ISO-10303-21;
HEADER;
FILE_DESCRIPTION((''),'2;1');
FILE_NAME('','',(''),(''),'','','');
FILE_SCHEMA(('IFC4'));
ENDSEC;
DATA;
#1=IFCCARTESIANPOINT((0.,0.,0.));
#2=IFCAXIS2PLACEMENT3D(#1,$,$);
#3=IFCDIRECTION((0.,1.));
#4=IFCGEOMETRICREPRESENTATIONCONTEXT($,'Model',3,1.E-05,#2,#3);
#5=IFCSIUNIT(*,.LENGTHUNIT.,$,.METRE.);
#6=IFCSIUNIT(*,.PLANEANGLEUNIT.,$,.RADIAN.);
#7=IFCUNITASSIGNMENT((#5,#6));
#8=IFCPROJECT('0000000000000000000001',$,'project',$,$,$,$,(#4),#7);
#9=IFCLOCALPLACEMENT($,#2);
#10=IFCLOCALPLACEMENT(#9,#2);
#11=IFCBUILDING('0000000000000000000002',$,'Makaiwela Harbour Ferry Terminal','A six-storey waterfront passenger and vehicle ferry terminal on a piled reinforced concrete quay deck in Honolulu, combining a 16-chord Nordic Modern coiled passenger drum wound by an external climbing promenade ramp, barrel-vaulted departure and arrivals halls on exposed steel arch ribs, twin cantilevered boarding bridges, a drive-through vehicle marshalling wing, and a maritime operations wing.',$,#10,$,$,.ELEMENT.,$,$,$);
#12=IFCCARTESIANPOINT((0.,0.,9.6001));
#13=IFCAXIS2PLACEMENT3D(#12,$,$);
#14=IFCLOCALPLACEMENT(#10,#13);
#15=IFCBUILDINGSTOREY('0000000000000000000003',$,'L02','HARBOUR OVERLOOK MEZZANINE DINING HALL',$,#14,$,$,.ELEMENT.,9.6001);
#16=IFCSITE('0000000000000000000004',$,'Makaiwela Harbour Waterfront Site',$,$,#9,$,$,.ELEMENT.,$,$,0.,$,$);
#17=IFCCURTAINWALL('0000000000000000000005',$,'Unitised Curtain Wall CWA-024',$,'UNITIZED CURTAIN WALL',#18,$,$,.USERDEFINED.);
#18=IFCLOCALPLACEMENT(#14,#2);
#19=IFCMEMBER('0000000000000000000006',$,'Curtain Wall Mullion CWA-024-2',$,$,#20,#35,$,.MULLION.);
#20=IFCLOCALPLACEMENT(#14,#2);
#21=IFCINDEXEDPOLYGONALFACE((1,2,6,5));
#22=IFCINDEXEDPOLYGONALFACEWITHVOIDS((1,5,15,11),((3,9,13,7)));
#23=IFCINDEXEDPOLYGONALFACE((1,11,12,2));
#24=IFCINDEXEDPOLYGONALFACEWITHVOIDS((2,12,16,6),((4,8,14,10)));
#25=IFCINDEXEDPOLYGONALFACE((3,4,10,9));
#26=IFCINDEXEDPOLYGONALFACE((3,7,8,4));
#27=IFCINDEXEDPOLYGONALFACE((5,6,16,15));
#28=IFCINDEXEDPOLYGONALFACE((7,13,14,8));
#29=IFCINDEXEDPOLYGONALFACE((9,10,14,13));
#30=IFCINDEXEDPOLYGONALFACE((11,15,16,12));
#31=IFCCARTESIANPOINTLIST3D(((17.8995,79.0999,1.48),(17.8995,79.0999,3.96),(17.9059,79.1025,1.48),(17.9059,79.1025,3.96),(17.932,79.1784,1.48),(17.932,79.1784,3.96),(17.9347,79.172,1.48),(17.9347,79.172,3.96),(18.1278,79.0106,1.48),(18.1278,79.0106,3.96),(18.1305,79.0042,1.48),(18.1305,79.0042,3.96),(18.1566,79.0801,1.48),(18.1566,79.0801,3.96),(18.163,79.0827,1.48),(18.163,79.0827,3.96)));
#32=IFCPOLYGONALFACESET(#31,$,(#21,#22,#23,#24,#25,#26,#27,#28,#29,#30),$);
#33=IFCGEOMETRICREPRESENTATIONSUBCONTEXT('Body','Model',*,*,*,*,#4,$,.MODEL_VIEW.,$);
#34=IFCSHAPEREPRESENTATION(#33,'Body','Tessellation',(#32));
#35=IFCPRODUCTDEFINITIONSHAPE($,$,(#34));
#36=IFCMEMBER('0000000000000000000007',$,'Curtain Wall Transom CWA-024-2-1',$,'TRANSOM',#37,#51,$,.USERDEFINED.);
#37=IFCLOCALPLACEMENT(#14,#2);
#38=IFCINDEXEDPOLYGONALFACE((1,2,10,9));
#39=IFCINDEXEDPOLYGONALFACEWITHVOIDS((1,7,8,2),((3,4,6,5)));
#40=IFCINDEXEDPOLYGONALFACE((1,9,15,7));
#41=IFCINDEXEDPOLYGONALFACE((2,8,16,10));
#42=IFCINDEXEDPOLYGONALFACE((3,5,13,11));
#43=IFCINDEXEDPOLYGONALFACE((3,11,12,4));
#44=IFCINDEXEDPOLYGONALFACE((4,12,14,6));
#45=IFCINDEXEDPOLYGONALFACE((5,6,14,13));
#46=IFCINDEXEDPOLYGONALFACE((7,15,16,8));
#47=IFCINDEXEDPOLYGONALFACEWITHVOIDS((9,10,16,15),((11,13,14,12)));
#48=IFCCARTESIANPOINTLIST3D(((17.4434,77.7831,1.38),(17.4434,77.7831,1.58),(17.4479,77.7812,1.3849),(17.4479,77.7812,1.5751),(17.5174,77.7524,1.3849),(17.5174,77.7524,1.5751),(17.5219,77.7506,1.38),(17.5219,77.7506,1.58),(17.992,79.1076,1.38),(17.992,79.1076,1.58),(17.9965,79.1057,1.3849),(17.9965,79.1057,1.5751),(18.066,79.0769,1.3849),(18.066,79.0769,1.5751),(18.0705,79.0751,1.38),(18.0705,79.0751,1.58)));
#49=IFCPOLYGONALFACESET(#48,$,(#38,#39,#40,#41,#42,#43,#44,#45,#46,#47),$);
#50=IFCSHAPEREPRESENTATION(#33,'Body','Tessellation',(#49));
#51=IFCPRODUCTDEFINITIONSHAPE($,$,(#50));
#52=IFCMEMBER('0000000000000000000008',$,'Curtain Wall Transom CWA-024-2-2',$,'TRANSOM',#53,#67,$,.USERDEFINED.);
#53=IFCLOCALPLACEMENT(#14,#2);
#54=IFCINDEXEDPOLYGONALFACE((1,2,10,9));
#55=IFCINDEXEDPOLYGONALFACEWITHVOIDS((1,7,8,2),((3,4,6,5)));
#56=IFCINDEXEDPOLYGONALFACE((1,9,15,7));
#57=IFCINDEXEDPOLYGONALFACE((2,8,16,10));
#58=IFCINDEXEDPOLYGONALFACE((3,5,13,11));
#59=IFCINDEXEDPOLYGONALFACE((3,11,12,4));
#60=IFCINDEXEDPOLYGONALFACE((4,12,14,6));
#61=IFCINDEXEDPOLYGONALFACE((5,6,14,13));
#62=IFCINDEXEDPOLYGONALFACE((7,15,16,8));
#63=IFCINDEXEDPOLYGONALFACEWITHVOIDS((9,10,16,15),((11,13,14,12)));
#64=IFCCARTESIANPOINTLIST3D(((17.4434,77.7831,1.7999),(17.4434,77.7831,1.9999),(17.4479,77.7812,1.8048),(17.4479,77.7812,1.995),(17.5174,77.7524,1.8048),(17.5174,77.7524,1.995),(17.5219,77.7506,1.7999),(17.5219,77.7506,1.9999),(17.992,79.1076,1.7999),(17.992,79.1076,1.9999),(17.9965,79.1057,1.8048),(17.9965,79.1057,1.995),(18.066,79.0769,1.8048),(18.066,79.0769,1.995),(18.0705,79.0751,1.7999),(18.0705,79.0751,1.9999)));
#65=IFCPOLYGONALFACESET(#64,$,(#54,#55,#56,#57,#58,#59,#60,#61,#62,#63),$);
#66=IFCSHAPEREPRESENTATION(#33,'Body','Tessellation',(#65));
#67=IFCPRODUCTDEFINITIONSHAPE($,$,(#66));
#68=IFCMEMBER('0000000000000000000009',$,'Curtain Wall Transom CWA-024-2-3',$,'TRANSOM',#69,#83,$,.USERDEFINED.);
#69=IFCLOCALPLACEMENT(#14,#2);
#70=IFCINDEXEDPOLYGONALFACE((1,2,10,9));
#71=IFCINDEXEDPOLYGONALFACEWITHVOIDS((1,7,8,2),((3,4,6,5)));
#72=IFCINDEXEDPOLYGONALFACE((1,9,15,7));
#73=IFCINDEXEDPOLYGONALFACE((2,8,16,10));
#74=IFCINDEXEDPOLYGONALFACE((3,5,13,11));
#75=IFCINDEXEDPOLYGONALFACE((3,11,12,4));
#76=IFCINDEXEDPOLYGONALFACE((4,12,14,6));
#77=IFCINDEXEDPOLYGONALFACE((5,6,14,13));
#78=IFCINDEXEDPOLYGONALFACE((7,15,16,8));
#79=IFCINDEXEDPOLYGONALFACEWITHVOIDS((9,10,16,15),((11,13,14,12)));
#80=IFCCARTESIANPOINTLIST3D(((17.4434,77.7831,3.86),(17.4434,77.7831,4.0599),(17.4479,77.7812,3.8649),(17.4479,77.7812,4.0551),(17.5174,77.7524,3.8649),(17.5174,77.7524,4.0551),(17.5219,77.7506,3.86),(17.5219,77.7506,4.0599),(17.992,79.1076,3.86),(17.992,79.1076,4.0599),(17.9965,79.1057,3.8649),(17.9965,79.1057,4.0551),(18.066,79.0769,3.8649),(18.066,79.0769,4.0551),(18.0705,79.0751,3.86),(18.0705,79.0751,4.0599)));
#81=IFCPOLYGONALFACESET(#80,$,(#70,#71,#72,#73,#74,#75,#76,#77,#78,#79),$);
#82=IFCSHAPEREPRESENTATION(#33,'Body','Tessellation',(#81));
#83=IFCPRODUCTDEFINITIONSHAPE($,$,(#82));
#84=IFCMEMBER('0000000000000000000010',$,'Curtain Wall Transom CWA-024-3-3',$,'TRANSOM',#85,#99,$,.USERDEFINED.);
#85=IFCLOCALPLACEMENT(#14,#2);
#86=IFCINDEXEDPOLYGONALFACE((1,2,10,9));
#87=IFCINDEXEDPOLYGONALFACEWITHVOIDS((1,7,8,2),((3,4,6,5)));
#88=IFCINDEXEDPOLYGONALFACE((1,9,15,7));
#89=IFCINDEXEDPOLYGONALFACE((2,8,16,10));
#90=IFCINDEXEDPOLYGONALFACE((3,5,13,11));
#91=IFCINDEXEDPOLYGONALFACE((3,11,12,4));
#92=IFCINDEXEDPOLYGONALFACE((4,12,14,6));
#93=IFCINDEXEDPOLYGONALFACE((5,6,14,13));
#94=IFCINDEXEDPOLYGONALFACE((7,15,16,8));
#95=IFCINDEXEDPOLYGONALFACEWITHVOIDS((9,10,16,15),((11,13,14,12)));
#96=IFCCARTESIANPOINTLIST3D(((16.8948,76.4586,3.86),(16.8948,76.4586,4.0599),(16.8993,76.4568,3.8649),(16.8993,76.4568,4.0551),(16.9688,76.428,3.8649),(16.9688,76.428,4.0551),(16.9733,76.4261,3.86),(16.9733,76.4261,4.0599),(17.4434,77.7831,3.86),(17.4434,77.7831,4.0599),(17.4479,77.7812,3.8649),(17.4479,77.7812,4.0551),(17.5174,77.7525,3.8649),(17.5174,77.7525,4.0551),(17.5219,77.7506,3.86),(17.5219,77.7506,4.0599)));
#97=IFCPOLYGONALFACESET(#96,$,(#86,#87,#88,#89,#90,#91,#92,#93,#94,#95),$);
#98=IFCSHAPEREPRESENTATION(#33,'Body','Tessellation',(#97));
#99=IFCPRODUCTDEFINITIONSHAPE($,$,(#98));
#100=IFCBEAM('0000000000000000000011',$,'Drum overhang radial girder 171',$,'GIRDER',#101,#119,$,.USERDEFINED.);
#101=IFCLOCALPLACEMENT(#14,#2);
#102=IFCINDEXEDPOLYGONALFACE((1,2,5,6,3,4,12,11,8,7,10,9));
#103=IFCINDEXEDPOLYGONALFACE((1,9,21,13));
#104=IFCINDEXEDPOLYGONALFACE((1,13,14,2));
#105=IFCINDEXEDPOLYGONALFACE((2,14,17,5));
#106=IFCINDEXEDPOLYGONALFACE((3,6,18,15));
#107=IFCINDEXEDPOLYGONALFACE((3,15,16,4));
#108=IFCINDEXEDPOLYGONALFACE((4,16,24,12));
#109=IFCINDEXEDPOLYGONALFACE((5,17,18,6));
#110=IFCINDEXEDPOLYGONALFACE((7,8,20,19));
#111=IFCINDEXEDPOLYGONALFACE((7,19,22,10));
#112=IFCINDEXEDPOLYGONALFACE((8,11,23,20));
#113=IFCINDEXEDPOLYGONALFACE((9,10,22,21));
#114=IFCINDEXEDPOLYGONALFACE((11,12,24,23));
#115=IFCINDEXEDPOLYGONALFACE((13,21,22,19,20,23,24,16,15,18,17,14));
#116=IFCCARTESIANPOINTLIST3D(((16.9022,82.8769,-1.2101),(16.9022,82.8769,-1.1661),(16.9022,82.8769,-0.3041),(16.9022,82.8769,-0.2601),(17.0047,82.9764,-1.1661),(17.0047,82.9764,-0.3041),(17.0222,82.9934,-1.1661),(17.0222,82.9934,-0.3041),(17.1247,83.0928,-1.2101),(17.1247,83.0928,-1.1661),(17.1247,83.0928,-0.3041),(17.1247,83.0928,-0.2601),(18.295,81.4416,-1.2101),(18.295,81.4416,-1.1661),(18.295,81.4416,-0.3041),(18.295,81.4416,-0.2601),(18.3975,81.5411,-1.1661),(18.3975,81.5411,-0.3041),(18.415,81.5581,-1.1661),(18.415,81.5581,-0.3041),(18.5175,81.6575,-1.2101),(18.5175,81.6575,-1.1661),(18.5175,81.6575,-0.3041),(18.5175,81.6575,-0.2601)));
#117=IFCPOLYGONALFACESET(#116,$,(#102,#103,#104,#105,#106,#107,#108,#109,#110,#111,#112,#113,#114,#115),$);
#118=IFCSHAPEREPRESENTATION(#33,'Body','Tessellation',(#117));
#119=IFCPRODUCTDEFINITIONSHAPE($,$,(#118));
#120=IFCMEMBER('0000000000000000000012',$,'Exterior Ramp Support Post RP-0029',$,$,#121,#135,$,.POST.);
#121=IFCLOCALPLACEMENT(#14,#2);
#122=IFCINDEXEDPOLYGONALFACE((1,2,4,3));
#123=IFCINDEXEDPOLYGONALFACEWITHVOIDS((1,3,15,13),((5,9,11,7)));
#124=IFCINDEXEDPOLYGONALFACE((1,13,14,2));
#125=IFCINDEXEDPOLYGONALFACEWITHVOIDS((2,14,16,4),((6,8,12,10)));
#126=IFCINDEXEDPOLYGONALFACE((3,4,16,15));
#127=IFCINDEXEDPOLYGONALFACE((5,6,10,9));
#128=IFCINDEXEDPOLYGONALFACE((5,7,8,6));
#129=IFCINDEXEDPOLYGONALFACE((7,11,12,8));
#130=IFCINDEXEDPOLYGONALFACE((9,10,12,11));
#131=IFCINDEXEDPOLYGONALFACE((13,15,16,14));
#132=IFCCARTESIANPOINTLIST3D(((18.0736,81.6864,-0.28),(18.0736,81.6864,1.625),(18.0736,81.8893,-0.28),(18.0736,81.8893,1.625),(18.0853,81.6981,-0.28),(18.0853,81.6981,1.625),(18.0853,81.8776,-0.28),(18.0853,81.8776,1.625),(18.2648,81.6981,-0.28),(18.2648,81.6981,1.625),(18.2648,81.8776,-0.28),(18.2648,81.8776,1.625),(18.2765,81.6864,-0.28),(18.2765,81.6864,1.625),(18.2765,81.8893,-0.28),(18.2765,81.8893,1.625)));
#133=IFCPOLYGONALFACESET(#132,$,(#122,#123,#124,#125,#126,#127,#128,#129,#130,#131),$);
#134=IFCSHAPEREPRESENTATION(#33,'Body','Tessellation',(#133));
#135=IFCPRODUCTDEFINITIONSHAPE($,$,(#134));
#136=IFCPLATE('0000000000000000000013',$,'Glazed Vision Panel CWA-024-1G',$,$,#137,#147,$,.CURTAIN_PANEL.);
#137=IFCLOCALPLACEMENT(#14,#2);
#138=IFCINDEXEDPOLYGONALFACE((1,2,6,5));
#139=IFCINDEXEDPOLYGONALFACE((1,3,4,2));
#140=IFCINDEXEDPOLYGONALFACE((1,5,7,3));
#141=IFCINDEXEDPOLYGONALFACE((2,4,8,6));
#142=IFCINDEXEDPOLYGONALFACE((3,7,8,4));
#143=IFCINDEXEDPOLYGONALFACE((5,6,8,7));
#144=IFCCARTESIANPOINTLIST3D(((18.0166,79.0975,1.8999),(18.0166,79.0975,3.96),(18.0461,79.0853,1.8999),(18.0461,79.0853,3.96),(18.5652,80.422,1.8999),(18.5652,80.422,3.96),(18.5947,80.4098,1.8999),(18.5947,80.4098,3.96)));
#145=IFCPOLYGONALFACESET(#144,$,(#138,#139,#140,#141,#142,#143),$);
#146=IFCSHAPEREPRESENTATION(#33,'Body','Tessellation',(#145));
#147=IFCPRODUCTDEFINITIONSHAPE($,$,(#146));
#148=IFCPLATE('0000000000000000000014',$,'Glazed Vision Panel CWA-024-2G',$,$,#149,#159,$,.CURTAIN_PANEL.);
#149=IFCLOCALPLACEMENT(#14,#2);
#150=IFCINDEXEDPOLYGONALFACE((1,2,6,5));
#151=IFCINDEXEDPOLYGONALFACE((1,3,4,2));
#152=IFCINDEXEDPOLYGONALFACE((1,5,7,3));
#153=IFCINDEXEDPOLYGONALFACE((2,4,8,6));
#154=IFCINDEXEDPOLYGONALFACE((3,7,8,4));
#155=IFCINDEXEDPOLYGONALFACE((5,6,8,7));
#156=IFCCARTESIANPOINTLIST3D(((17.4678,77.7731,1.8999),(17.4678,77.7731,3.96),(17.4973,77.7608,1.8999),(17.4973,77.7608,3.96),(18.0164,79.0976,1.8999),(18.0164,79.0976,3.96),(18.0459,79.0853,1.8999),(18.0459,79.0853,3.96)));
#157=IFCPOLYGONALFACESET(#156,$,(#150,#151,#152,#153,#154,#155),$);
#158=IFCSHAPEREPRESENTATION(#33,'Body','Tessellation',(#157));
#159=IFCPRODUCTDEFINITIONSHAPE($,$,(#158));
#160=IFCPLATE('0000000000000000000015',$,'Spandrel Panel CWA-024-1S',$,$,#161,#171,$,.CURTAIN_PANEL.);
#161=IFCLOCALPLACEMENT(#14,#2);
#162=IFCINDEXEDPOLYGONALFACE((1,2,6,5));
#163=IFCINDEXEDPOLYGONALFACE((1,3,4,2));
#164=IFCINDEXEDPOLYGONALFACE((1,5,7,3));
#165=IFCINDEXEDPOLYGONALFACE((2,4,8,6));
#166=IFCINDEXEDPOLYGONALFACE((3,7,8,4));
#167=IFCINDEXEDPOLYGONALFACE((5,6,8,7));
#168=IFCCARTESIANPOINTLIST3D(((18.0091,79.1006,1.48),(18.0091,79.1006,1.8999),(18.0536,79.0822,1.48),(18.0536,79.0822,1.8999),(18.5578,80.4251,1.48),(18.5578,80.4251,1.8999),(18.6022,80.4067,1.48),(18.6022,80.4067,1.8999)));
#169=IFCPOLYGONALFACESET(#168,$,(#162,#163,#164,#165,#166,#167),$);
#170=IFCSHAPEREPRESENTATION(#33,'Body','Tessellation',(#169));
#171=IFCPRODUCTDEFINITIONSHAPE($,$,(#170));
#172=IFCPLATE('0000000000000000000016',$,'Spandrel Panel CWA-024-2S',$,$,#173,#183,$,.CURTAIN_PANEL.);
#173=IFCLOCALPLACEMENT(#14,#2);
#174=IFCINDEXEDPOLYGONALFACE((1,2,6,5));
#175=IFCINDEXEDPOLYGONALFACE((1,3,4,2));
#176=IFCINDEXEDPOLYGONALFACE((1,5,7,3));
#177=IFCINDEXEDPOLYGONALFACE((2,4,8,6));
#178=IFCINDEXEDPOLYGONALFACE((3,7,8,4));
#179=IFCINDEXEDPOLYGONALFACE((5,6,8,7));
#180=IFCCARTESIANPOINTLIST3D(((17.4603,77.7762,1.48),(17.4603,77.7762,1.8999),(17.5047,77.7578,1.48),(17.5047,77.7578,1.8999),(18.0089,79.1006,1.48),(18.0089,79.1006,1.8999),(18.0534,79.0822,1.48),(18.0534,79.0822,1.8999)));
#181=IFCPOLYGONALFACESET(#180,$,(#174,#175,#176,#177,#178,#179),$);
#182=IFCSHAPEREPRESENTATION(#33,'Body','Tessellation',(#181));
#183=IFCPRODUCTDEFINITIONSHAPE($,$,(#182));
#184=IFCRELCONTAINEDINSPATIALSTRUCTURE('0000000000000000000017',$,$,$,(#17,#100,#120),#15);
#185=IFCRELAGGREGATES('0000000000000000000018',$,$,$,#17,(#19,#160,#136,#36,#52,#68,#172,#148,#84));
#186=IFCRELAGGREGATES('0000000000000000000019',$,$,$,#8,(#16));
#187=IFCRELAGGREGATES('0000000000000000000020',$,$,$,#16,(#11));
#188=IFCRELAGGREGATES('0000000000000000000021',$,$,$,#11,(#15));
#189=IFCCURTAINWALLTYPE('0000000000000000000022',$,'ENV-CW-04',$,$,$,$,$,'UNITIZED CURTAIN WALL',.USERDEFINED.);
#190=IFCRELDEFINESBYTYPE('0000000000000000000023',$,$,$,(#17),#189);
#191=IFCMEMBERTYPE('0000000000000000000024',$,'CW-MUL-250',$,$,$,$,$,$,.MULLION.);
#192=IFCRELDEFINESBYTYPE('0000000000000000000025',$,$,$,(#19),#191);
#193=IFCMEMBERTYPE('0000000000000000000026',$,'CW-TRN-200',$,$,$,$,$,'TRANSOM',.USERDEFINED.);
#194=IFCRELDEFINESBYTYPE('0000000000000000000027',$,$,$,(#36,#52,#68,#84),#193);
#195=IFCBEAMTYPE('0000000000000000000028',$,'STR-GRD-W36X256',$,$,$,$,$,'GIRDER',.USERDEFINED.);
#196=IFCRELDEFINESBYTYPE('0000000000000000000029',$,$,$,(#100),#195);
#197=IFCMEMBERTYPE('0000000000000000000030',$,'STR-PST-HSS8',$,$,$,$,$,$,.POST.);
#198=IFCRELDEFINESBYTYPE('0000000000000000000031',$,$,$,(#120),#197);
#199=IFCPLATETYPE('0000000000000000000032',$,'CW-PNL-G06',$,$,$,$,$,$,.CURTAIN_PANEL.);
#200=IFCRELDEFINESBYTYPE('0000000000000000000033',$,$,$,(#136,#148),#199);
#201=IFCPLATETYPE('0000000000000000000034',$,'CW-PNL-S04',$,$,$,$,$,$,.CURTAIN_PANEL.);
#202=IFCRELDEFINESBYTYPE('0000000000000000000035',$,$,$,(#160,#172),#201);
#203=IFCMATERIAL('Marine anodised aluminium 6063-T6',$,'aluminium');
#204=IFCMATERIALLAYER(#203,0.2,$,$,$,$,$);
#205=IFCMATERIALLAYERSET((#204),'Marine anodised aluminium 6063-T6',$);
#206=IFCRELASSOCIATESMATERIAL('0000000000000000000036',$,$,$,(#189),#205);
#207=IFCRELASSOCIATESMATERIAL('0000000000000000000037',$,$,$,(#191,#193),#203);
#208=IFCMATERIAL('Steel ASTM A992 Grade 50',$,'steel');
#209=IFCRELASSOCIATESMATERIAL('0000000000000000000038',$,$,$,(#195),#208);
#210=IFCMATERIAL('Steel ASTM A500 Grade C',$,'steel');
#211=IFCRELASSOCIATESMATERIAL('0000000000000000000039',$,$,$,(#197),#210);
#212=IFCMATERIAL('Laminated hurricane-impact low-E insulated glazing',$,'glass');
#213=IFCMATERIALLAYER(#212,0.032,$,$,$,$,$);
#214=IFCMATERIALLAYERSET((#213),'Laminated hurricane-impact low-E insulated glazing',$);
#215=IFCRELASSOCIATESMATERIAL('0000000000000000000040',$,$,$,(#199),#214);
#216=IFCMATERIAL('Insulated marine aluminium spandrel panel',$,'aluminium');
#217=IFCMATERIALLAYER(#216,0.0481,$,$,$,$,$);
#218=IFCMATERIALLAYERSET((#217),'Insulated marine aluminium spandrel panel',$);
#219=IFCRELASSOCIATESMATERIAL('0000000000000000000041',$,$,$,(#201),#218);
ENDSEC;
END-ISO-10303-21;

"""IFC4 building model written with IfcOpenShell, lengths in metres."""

from ifc_helpers import new_model, si_unit, direction, frame, origin, origin_2d, place, context, subcontext, project, spatial, rectangle, hollow_rectangle, i_section, extrude, material, layer, layer_set, material_profile, profile_set, type_object, element, aggregate, save


model = new_model("IFC4")

# Units and contexts
model_context = context("Model", 3, precision=1e-05, world=origin(), true_north=direction((0.0, 1.0)))
body_context = subcontext(model_context, "Body", "Model", "MODEL_VIEW")
ifc_project = project(units=[si_unit("LENGTHUNIT", "METRE"), si_unit("PLANEANGLEUNIT", "RADIAN")], contexts=[model_context])

# Site, building, storey
site_placement = place(None, origin())
site = spatial("IfcSite", under=ifc_project, at=site_placement, Name="Makaiwela Harbour Waterfront Site", CompositionType="ELEMENT", RefElevation=0.0)
building_placement = place(site_placement, origin())
building = spatial("IfcBuilding", under=site, at=building_placement, Name="Makaiwela Harbour Ferry Terminal", Description="A six-storey waterfront passenger and vehicle ferry terminal on a piled reinforced concrete quay deck in Honolulu, combining a 16-chord Nordic Modern coiled passenger drum wound by an external climbing promenade ramp, barrel-vaulted departure and arrivals halls on exposed steel arch ribs, twin cantilevered boarding bridges, a drive-through vehicle marshalling wing, and a maritime operations wing.", CompositionType="ELEMENT")
storey_placement = place(building_placement, frame((0.0, 0.0, 9.6001)))
storey = spatial("IfcBuildingStorey", under=building, at=storey_placement, Name="L02", Description="HARBOUR OVERLOOK MEZZANINE DINING HALL", CompositionType="ELEMENT", Elevation=9.6001)

# Curtain wall, members
ifc_material_1 = material(Name="Marine anodised aluminium 6063-T6", Category="aluminium")
ifc_layer_1 = layer(ifc_material_1, 0.2)
ifc_layer_set_1 = layer_set([ifc_layer_1], Name="Marine anodised aluminium 6063-T6")
curtain_wall_type = type_object("IfcCurtainWallType", Name="ENV-CW-04", ElementType="UNITIZED CURTAIN WALL", PredefinedType="USERDEFINED", material=ifc_layer_set_1)
curtain_wall_placement = place(storey_placement, origin())
curtain_wall = element("IfcCurtainWall", 1, at=curtain_wall_placement, inside=storey, type_object=curtain_wall_type, Name="Unitised Curtain Wall CWA-024", ObjectType="UNITIZED CURTAIN WALL", PredefinedType="USERDEFINED")
ifc_material_profile_1 = material_profile(ifc_material_1, hollow_rectangle(XDim=0.085, YDim=0.25, WallThickness=0.0049, at=origin_2d()), Name="CWM-250X85")
ifc_profile_set_1 = profile_set([ifc_material_profile_1], Name="Marine anodised aluminium 6063-T6")
member_type_1 = type_object("IfcMemberType", Name="CW-MUL-250", PredefinedType="MULLION", material=ifc_profile_set_1)
member_1_placement = place(storey_placement, frame((18.0312, 79.0913, 1.48), z_axis=(0.0, 0.0, 1.0), x_axis=(0.382683, 0.92388, 0.0)))
member_1 = element("IfcMember", 2, at=member_1_placement, type_object=member_type_1, Name="Curtain Wall Mullion CWA-024-2", PredefinedType="MULLION", context=body_context, shape_type="SweptSolid", body=[
    extrude(hollow_rectangle(XDim=0.085, YDim=0.25, WallThickness=0.0049, at=origin_2d()), origin(), (0.0, 0.0, 1.0), 2.48),
])
ifc_material_profile_2 = material_profile(ifc_material_1, hollow_rectangle(XDim=0.085, YDim=0.2, WallThickness=0.0049, at=origin_2d()), Name="CWT-200X85")
ifc_profile_set_2 = profile_set([ifc_material_profile_2], Name="Marine anodised aluminium 6063-T6")
member_type_2 = type_object("IfcMemberType", Name="CW-TRN-200", ElementType="TRANSOM", PredefinedType="USERDEFINED", material=ifc_profile_set_2)
member_2_placement = place(storey_placement, frame((18.0312, 79.0913, 1.48), z_axis=(-0.382668, -0.923886, 0.0), x_axis=(0.923886, -0.382668, 0.0)))
member_2 = element("IfcMember", 3, at=member_2_placement, type_object=member_type_2, Name="Curtain Wall Transom CWA-024-2-1", ObjectType="TRANSOM", PredefinedType="USERDEFINED", context=body_context, shape_type="SweptSolid", body=[
    extrude(hollow_rectangle(XDim=0.085, YDim=0.2, WallThickness=0.0049, at=origin_2d()), origin(), (0.0, 0.0, 1.0), 1.4336),
])
member_3_placement = place(storey_placement, frame((18.0312, 79.0913, 1.8999), z_axis=(-0.382668, -0.923886, 0.0), x_axis=(0.923886, -0.382668, 0.0)))
member_3 = element("IfcMember", 4, at=member_3_placement, type_object=member_type_2, Name="Curtain Wall Transom CWA-024-2-2", ObjectType="TRANSOM", PredefinedType="USERDEFINED", context=body_context, shape_type="SweptSolid", body=[
    extrude(hollow_rectangle(XDim=0.085, YDim=0.2, WallThickness=0.0049, at=origin_2d()), origin(), (0.0, 0.0, 1.0), 1.4336),
])
member_4_placement = place(storey_placement, frame((18.0312, 79.0913, 3.96), z_axis=(-0.382668, -0.923886, 0.0), x_axis=(0.923886, -0.382668, 0.0)))
member_4 = element("IfcMember", 5, at=member_4_placement, type_object=member_type_2, Name="Curtain Wall Transom CWA-024-2-3", ObjectType="TRANSOM", PredefinedType="USERDEFINED", context=body_context, shape_type="SweptSolid", body=[
    extrude(hollow_rectangle(XDim=0.085, YDim=0.2, WallThickness=0.0049, at=origin_2d()), origin(), (0.0, 0.0, 1.0), 1.4336),
])
member_5_placement = place(storey_placement, frame((17.4827, 77.7668, 3.96), z_axis=(-0.382668, -0.923886, 0.0), x_axis=(0.923886, -0.382668, 0.0)))
member_5 = element("IfcMember", 6, at=member_5_placement, type_object=member_type_2, Name="Curtain Wall Transom CWA-024-3-3", ObjectType="TRANSOM", PredefinedType="USERDEFINED", context=body_context, shape_type="SweptSolid", body=[
    extrude(hollow_rectangle(XDim=0.085, YDim=0.2, WallThickness=0.0049, at=origin_2d()), origin(), (0.0, 0.0, 1.0), 1.4336),
])

# Beam
ifc_material_2 = material(Name="Steel ASTM A992 Grade 50", Category="steel")
ifc_material_profile_3 = material_profile(ifc_material_2, i_section(OverallWidth=0.3101, OverallDepth=0.95, WebThickness=0.0244, FlangeThickness=0.0439, at=origin_2d()), Name="W36X256")
ifc_profile_set_3 = profile_set([ifc_material_profile_3], Name="Steel ASTM A992 Grade 50")
beam_type = type_object("IfcBeamType", Name="STR-GRD-W36X256", ElementType="GIRDER", PredefinedType="USERDEFINED", material=ifc_profile_set_3)
beam_placement = place(storey_placement, frame((18.4062, 81.5496, -0.7351), z_axis=(-0.696407, 0.717647, 0.0), x_axis=(-0.717647, -0.696407, 0.0)))
element("IfcBeam", 7, at=beam_placement, inside=storey, type_object=beam_type, Name="Drum overhang radial girder 171", ObjectType="GIRDER", PredefinedType="USERDEFINED", context=body_context, shape_type="SweptSolid", body=[
    extrude(i_section(OverallWidth=0.3101, OverallDepth=0.95, WebThickness=0.0244, FlangeThickness=0.0439, at=origin_2d()), origin(), (0.0, 0.0, 1.0), 2.0),
])

# Member
ifc_material_3 = material(Name="Steel ASTM A500 Grade C", Category="steel")
ifc_material_profile_4 = material_profile(ifc_material_3, hollow_rectangle(XDim=0.2029, YDim=0.2029, WallThickness=0.0117, at=origin_2d()), Name="HSS8X8X1/2")
ifc_profile_set_4 = profile_set([ifc_material_profile_4], Name="Steel ASTM A500 Grade C")
member_type_3 = type_object("IfcMemberType", Name="STR-PST-HSS8", PredefinedType="POST", material=ifc_profile_set_4)
member_6_placement = place(storey_placement, frame((18.175, 81.7878, -0.28), z_axis=(0.0, 0.0, 1.0), x_axis=(1.0, 0.0, 0.0)))
element("IfcMember", 8, at=member_6_placement, inside=storey, type_object=member_type_3, Name="Exterior Ramp Support Post RP-0029", PredefinedType="POST", context=body_context, shape_type="SweptSolid", body=[
    extrude(hollow_rectangle(XDim=0.2029, YDim=0.2029, WallThickness=0.0117, at=origin_2d()), origin(), (0.0, 0.0, 1.0), 1.905),
])

# Plates
ifc_material_4 = material(Name="Laminated hurricane-impact low-E insulated glazing", Category="glass")
ifc_layer_2 = layer(ifc_material_4, 0.032)
ifc_layer_set_2 = layer_set([ifc_layer_2], Name="Laminated hurricane-impact low-E insulated glazing")
plate_type_1 = type_object("IfcPlateType", Name="CW-PNL-G06", PredefinedType="CURTAIN_PANEL", material=ifc_layer_set_2)
plate_1_placement = place(storey_placement, frame((18.3057, 79.7537, 1.8999), z_axis=(0.0, 0.0, 1.0), x_axis=(-0.382683, -0.92388, 0.0)))
plate_1 = element("IfcPlate", 9, at=plate_1_placement, type_object=plate_type_1, Name="Glazed Vision Panel CWA-024-1G", PredefinedType="CURTAIN_PANEL", context=body_context, shape_type="SweptSolid", body=[
    extrude(rectangle(XDim=1.4336, YDim=0.032, at=origin_2d()), origin(), (0.0, 0.0, 1.0), 2.0601),
])
plate_2_placement = place(storey_placement, frame((17.7568, 78.4292, 1.8999), z_axis=(0.0, 0.0, 1.0), x_axis=(-0.382683, -0.92388, 0.0)))
plate_2 = element("IfcPlate", 10, at=plate_2_placement, type_object=plate_type_1, Name="Glazed Vision Panel CWA-024-2G", PredefinedType="CURTAIN_PANEL", context=body_context, shape_type="SweptSolid", body=[
    extrude(rectangle(XDim=1.4336, YDim=0.032, at=origin_2d()), origin(), (0.0, 0.0, 1.0), 2.0601),
])
ifc_material_5 = material(Name="Insulated marine aluminium spandrel panel", Category="aluminium")
ifc_layer_3 = layer(ifc_material_5, 0.0481)
ifc_layer_set_3 = layer_set([ifc_layer_3], Name="Insulated marine aluminium spandrel panel")
plate_type_2 = type_object("IfcPlateType", Name="CW-PNL-S04", PredefinedType="CURTAIN_PANEL", material=ifc_layer_set_3)
plate_3_placement = place(storey_placement, frame((18.3057, 79.7537, 1.48), z_axis=(0.0, 0.0, 1.0), x_axis=(-0.382683, -0.92388, 0.0)))
plate_3 = element("IfcPlate", 11, at=plate_3_placement, type_object=plate_type_2, Name="Spandrel Panel CWA-024-1S", PredefinedType="CURTAIN_PANEL", context=body_context, shape_type="SweptSolid", body=[
    extrude(rectangle(XDim=1.4336, YDim=0.0481, at=origin_2d()), origin(), (0.0, 0.0, 1.0), 0.4199),
])
plate_4_placement = place(storey_placement, frame((17.7568, 78.4292, 1.48), z_axis=(0.0, 0.0, 1.0), x_axis=(-0.382683, -0.92388, 0.0)))
plate_4 = element("IfcPlate", 12, at=plate_4_placement, type_object=plate_type_2, Name="Spandrel Panel CWA-024-2S", PredefinedType="CURTAIN_PANEL", context=body_context, shape_type="SweptSolid", body=[
    extrude(rectangle(XDim=1.4336, YDim=0.0481, at=origin_2d()), origin(), (0.0, 0.0, 1.0), 0.4199),
])
aggregate(curtain_wall, [member_1, plate_3, plate_1, member_2, member_3, member_4, plate_4, plate_2, member_5])

save(model, "model.ifc")
